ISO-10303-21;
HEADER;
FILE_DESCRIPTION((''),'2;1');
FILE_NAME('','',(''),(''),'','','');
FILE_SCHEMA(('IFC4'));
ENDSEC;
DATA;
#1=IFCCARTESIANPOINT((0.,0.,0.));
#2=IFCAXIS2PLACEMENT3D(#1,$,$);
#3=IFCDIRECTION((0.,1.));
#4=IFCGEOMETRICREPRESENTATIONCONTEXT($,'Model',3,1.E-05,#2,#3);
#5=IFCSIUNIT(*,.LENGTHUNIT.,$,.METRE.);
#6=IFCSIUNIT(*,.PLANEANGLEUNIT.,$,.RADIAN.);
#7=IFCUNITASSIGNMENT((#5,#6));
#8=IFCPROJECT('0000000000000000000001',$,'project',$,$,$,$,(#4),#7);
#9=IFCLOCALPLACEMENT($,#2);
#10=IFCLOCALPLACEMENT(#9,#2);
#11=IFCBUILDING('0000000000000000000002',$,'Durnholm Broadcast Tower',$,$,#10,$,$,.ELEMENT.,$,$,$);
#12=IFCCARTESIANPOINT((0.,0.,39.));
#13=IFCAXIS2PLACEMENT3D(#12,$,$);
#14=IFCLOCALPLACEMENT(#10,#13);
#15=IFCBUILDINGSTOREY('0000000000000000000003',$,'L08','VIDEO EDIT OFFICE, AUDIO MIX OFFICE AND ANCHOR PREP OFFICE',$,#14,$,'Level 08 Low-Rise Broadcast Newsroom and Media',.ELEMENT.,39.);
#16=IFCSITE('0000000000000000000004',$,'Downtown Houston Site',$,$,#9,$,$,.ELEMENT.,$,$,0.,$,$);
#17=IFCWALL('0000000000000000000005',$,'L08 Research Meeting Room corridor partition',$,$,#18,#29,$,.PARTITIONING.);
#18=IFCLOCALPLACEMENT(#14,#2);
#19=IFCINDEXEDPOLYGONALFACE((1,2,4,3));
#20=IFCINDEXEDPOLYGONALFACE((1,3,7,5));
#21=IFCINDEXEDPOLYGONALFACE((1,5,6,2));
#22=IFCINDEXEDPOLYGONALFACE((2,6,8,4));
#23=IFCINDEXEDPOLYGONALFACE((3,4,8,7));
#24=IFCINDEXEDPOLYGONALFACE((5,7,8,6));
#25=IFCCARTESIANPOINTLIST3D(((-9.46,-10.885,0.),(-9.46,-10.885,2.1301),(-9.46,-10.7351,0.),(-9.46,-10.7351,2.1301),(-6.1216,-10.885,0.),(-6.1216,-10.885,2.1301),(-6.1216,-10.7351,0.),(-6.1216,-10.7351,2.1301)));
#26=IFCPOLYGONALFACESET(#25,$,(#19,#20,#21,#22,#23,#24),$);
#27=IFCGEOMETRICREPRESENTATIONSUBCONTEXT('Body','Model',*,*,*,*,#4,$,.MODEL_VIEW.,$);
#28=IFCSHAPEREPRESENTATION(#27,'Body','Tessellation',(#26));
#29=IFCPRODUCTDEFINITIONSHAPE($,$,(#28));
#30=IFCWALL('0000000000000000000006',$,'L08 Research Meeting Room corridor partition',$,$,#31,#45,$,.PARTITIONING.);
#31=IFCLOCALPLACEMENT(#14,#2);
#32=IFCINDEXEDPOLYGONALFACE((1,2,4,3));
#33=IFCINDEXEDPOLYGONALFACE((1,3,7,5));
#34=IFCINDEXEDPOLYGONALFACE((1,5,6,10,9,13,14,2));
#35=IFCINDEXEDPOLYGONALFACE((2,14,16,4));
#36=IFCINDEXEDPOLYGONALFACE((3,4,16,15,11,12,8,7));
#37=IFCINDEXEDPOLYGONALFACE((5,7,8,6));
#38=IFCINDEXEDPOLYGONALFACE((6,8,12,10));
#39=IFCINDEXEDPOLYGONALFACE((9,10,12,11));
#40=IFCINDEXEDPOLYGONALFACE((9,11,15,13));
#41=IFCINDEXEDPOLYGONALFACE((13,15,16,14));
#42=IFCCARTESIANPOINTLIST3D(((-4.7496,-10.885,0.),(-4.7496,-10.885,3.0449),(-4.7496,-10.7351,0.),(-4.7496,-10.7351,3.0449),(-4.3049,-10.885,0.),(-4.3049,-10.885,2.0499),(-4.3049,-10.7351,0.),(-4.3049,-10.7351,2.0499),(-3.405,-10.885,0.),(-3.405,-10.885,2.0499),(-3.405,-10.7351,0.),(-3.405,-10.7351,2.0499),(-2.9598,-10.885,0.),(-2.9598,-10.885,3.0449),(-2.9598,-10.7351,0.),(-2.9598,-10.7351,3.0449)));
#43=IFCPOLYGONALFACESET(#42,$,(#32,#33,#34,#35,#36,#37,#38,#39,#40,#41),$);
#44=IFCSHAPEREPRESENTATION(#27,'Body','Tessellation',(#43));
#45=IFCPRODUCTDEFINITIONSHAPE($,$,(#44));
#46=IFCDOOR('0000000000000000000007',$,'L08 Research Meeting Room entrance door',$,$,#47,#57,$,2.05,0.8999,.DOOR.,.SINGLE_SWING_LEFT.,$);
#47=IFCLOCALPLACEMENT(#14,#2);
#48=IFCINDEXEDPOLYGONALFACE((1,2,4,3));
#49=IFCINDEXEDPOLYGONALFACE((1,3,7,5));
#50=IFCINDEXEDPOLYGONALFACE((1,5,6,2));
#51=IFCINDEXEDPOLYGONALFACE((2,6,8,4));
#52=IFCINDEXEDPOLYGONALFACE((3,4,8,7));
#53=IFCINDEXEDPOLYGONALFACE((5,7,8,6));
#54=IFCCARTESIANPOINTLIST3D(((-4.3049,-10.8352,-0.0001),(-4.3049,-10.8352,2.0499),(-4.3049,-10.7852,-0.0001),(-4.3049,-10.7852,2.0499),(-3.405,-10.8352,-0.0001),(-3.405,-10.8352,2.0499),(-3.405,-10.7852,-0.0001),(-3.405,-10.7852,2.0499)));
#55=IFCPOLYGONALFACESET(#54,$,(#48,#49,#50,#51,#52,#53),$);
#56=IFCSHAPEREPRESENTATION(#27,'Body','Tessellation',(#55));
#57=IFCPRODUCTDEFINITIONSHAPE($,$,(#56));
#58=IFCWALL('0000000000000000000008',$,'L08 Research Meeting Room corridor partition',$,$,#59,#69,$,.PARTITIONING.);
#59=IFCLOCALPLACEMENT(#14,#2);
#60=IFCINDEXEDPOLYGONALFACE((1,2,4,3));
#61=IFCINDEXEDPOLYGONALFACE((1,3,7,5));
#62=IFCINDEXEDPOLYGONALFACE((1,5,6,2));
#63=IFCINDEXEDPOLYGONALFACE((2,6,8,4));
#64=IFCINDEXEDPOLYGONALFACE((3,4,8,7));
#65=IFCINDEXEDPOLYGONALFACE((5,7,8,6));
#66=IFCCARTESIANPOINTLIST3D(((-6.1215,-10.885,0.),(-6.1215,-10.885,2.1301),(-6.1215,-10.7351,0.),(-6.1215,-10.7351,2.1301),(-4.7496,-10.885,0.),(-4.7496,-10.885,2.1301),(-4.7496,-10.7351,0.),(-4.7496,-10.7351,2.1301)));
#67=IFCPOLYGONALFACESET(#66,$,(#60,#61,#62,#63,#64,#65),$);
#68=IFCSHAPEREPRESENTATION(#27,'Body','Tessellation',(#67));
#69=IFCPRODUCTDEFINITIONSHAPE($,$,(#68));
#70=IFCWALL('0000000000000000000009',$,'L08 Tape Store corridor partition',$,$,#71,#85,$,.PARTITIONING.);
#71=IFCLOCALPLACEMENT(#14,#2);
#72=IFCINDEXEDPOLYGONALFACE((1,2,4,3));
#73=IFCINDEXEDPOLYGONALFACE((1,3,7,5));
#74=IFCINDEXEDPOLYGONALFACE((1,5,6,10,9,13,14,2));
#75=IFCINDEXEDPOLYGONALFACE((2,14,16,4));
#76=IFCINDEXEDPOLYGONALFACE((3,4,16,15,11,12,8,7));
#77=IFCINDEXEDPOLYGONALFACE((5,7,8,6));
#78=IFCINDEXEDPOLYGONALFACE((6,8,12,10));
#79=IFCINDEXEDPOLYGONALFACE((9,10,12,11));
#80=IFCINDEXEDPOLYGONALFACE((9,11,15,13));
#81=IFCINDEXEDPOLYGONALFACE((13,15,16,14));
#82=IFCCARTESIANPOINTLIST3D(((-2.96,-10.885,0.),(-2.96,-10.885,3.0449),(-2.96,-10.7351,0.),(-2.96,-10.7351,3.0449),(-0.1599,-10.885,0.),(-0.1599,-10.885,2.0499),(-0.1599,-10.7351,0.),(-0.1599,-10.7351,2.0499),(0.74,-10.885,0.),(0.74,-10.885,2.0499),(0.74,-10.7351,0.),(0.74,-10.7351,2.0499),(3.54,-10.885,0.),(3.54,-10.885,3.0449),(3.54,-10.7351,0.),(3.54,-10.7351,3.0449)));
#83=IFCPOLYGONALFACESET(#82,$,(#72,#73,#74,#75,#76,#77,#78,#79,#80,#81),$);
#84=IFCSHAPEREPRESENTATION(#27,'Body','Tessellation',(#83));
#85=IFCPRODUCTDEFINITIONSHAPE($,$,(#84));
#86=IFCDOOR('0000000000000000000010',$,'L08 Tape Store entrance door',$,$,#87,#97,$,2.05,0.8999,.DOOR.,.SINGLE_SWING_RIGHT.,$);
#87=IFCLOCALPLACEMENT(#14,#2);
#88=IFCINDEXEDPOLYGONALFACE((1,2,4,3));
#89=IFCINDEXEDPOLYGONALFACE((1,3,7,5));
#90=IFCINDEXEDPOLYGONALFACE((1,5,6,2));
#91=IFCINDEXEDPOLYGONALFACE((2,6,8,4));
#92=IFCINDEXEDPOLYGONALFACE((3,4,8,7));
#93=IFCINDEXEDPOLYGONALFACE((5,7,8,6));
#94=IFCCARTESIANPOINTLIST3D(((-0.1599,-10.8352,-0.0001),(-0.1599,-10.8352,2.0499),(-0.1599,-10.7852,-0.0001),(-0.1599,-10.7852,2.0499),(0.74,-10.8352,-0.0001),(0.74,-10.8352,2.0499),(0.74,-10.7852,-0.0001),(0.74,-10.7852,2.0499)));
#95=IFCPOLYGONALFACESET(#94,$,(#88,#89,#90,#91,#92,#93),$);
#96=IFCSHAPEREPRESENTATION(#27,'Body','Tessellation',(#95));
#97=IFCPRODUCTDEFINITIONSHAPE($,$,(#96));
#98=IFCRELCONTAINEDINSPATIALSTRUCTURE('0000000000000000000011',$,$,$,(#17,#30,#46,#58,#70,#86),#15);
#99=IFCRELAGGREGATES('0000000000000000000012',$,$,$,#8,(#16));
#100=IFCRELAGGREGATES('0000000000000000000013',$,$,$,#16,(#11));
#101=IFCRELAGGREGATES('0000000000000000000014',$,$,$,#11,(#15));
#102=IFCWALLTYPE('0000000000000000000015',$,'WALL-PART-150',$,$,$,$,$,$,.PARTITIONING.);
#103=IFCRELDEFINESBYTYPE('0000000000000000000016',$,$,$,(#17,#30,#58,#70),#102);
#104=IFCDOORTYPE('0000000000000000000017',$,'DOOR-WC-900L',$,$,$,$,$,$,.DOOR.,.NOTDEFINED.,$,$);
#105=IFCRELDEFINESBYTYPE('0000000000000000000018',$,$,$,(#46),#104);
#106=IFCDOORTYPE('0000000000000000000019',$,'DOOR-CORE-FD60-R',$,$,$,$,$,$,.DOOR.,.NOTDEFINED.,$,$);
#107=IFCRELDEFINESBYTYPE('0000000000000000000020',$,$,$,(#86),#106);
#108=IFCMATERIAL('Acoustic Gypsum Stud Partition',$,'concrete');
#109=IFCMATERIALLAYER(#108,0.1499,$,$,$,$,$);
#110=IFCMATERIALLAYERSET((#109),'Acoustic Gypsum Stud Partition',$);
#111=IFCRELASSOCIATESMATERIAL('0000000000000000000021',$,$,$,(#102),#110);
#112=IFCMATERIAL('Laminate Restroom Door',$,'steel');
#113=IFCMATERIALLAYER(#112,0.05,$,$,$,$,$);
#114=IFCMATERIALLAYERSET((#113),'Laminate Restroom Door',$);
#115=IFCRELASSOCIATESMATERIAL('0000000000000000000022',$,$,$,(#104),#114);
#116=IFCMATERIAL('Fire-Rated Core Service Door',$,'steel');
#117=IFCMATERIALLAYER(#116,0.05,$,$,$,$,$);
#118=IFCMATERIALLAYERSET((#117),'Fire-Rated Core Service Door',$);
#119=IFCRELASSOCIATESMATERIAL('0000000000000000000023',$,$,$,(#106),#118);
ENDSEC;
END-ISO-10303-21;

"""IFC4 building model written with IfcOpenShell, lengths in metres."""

from ifc_helpers import new_model, si_unit, direction, frame, frame_2d, origin, place, context, subcontext, project, spatial, rectangle, extrude, source, transform, mapped, material, layer, layer_set, type_object, type_shapes, element, fill, save


model = new_model("IFC4")

# Units and contexts
model_context = context("Model", 3, precision=1e-05, world=origin(), true_north=direction((0.0, 1.0)))
body_context = subcontext(model_context, "Body", "Model", "MODEL_VIEW")
ifc_project = project(units=[si_unit("LENGTHUNIT", "METRE"), si_unit("PLANEANGLEUNIT", "RADIAN")], contexts=[model_context])

# Site, building, storey
site_placement = place(None, origin())
site = spatial("IfcSite", under=ifc_project, at=site_placement, Name="Downtown Houston Site", CompositionType="ELEMENT", RefElevation=0.0)
building_placement = place(site_placement, origin())
building = spatial("IfcBuilding", under=site, at=building_placement, Name="Durnholm Broadcast Tower", CompositionType="ELEMENT")
storey_placement = place(building_placement, frame((0.0, 0.0, 39.0)))
storey = spatial("IfcBuildingStorey", under=building, at=storey_placement, Name="L08", Description="VIDEO EDIT OFFICE, AUDIO MIX OFFICE AND ANCHOR PREP OFFICE", LongName="Level 08 Low-Rise Broadcast Newsroom and Media", CompositionType="ELEMENT", Elevation=39.0)

# Wall
ifc_material_1 = material(Name="Acoustic Gypsum Stud Partition", Category="concrete")
ifc_layer_1 = layer(ifc_material_1, 0.1499)
ifc_layer_set_1 = layer_set([ifc_layer_1], Name="Acoustic Gypsum Stud Partition")
wall_type_1 = type_object("IfcWallType", Name="WALL-PART-150", PredefinedType="PARTITIONING", material=ifc_layer_set_1)
wall_1_placement = place(storey_placement, frame((-9.46, -10.8101, 0.0), z_axis=(0.0, 0.0, 1.0), x_axis=(1.0, 0.0, 0.0)))
element("IfcWall", 1, at=wall_1_placement, inside=storey, type_object=wall_type_1, Name="L08 Research Meeting Room corridor partition", PredefinedType="PARTITIONING", context=body_context, shape_type="SweptSolid", body=[
    extrude(rectangle(XDim=3.3384, YDim=0.1499, at=frame_2d((1.6692, 0.0))), origin(), (0.0, 0.0, 1.0), 2.1301),
])

# Wall, opening, door
wall_2_placement = place(storey_placement, frame((-4.7498, -10.8101, 0.0), z_axis=(0.0, 0.0, 1.0), x_axis=(1.0, 0.0, 0.0)))
wall_2 = element("IfcWall", 2, at=wall_2_placement, inside=storey, type_object=wall_type_1, Name="L08 Research Meeting Room corridor partition", PredefinedType="PARTITIONING", context=body_context, shape_type="SweptSolid", body=[
    extrude(rectangle(XDim=1.7898, YDim=0.1499, at=frame_2d((0.895, 0.0))), origin(), (0.0, 0.0, 1.0), 3.0449),
])
opening_1_placement = place(wall_2_placement, frame((0.4448, 0.0, 0.0)))
opening_1 = element("IfcOpeningElement", 3, at=opening_1_placement, cuts=wall_2, PredefinedType="OPENING", context=body_context, shape_type="SweptSolid", body=[
    extrude(rectangle(XDim=0.8999, YDim=2.05, at=frame_2d((0.45, 1.0249))), frame((0.0, 0.085, 0.0), z_axis=(0.0, -1.0, 0.0), x_axis=(1.0, 0.0, 0.0)), (0.0, 0.0, 1.0), 0.1699),
])
ifc_material_2 = material(Name="Laminate Restroom Door", Category="steel")
ifc_layer_2 = layer(ifc_material_2, 0.05)
ifc_layer_set_2 = layer_set([ifc_layer_2], Name="Laminate Restroom Door")
door_type_1 = type_object("IfcDoorType", Name="DOOR-WC-900L", OperationType="NOTDEFINED", PredefinedType="DOOR", material=ifc_layer_set_2)
shared_shape_1 = source(origin(), body_context, "Body", "SweptSolid", [
    extrude(rectangle(XDim=0.8999, YDim=2.05, at=frame_2d((0.45, 1.0249))), frame((0.0, 0.0249, 0.0), z_axis=(0.0, -1.0, 0.0), x_axis=(1.0, 0.0, 0.0)), (0.0, 0.0, 1.0), 0.05),
])
type_shapes(door_type_1, [shared_shape_1])
door_1_placement = place(opening_1_placement, origin())
door_1 = element("IfcDoor", 4, at=door_1_placement, inside=storey, type_object=door_type_1, Name="L08 Research Meeting Room entrance door", OperationType="SINGLE_SWING_LEFT", OverallHeight=2.05, OverallWidth=0.8999, PredefinedType="DOOR", context=body_context, shape_type="MappedRepresentation", body=[
    mapped(shared_shape_1, transform((0.0, 0.0, 0.0), x_axis=(1.0, 0.0, 0.0), y_axis=(0.0, 1.0, 0.0), z_axis=(0.0, 0.0, 1.0), scale=1.0)),
])
fill(opening_1, door_1)

# Wall
wall_3_placement = place(storey_placement, frame((-6.1216, -10.8101, 0.0), z_axis=(0.0, 0.0, 1.0), x_axis=(1.0, 0.0, 0.0)))
element("IfcWall", 5, at=wall_3_placement, inside=storey, type_object=wall_type_1, Name="L08 Research Meeting Room corridor partition", PredefinedType="PARTITIONING", context=body_context, shape_type="SweptSolid", body=[
    extrude(rectangle(XDim=1.3718, YDim=0.1499, at=frame_2d((0.686, 0.0))), origin(), (0.0, 0.0, 1.0), 2.1301),
])

# Wall, opening, door
wall_4_placement = place(storey_placement, frame((-2.96, -10.8101, 0.0), z_axis=(0.0, 0.0, 1.0), x_axis=(1.0, 0.0, 0.0)))
wall_4 = element("IfcWall", 6, at=wall_4_placement, inside=storey, type_object=wall_type_1, Name="L08 Tape Store corridor partition", PredefinedType="PARTITIONING", context=body_context, shape_type="SweptSolid", body=[
    extrude(rectangle(XDim=6.5, YDim=0.1499, at=frame_2d((3.25, 0.0))), origin(), (0.0, 0.0, 1.0), 3.0449),
])
opening_2_placement = place(wall_4_placement, frame((2.8, 0.0, 0.0)))
opening_2 = element("IfcOpeningElement", 7, at=opening_2_placement, cuts=wall_4, PredefinedType="OPENING", context=body_context, shape_type="SweptSolid", body=[
    extrude(rectangle(XDim=0.8999, YDim=2.05, at=frame_2d((0.45, 1.0249))), frame((0.0, 0.085, 0.0), z_axis=(0.0, -1.0, 0.0), x_axis=(1.0, 0.0, 0.0)), (0.0, 0.0, 1.0), 0.1699),
])
ifc_material_3 = material(Name="Fire-Rated Core Service Door", Category="steel")
ifc_layer_3 = layer(ifc_material_3, 0.05)
ifc_layer_set_3 = layer_set([ifc_layer_3], Name="Fire-Rated Core Service Door")
door_type_2 = type_object("IfcDoorType", Name="DOOR-CORE-FD60-R", OperationType="NOTDEFINED", PredefinedType="DOOR", material=ifc_layer_set_3)
shared_shape_2 = source(origin(), body_context, "Body", "SweptSolid", [
    extrude(rectangle(XDim=0.8999, YDim=2.05, at=frame_2d((0.45, 1.0249))), frame((0.0, 0.0249, 0.0), z_axis=(0.0, -1.0, 0.0), x_axis=(1.0, 0.0, 0.0)), (0.0, 0.0, 1.0), 0.05),
])
type_shapes(door_type_2, [shared_shape_2])
door_2_placement = place(opening_2_placement, origin())
door_2 = element("IfcDoor", 8, at=door_2_placement, inside=storey, type_object=door_type_2, Name="L08 Tape Store entrance door", OperationType="SINGLE_SWING_RIGHT", OverallHeight=2.05, OverallWidth=0.8999, PredefinedType="DOOR", context=body_context, shape_type="MappedRepresentation", body=[
    mapped(shared_shape_2, transform((0.0, 0.0, 0.0), x_axis=(1.0, 0.0, 0.0), y_axis=(0.0, 1.0, 0.0), z_axis=(0.0, 0.0, 1.0), scale=1.0)),
])
fill(opening_2, door_2)

save(model, "model.ifc")
